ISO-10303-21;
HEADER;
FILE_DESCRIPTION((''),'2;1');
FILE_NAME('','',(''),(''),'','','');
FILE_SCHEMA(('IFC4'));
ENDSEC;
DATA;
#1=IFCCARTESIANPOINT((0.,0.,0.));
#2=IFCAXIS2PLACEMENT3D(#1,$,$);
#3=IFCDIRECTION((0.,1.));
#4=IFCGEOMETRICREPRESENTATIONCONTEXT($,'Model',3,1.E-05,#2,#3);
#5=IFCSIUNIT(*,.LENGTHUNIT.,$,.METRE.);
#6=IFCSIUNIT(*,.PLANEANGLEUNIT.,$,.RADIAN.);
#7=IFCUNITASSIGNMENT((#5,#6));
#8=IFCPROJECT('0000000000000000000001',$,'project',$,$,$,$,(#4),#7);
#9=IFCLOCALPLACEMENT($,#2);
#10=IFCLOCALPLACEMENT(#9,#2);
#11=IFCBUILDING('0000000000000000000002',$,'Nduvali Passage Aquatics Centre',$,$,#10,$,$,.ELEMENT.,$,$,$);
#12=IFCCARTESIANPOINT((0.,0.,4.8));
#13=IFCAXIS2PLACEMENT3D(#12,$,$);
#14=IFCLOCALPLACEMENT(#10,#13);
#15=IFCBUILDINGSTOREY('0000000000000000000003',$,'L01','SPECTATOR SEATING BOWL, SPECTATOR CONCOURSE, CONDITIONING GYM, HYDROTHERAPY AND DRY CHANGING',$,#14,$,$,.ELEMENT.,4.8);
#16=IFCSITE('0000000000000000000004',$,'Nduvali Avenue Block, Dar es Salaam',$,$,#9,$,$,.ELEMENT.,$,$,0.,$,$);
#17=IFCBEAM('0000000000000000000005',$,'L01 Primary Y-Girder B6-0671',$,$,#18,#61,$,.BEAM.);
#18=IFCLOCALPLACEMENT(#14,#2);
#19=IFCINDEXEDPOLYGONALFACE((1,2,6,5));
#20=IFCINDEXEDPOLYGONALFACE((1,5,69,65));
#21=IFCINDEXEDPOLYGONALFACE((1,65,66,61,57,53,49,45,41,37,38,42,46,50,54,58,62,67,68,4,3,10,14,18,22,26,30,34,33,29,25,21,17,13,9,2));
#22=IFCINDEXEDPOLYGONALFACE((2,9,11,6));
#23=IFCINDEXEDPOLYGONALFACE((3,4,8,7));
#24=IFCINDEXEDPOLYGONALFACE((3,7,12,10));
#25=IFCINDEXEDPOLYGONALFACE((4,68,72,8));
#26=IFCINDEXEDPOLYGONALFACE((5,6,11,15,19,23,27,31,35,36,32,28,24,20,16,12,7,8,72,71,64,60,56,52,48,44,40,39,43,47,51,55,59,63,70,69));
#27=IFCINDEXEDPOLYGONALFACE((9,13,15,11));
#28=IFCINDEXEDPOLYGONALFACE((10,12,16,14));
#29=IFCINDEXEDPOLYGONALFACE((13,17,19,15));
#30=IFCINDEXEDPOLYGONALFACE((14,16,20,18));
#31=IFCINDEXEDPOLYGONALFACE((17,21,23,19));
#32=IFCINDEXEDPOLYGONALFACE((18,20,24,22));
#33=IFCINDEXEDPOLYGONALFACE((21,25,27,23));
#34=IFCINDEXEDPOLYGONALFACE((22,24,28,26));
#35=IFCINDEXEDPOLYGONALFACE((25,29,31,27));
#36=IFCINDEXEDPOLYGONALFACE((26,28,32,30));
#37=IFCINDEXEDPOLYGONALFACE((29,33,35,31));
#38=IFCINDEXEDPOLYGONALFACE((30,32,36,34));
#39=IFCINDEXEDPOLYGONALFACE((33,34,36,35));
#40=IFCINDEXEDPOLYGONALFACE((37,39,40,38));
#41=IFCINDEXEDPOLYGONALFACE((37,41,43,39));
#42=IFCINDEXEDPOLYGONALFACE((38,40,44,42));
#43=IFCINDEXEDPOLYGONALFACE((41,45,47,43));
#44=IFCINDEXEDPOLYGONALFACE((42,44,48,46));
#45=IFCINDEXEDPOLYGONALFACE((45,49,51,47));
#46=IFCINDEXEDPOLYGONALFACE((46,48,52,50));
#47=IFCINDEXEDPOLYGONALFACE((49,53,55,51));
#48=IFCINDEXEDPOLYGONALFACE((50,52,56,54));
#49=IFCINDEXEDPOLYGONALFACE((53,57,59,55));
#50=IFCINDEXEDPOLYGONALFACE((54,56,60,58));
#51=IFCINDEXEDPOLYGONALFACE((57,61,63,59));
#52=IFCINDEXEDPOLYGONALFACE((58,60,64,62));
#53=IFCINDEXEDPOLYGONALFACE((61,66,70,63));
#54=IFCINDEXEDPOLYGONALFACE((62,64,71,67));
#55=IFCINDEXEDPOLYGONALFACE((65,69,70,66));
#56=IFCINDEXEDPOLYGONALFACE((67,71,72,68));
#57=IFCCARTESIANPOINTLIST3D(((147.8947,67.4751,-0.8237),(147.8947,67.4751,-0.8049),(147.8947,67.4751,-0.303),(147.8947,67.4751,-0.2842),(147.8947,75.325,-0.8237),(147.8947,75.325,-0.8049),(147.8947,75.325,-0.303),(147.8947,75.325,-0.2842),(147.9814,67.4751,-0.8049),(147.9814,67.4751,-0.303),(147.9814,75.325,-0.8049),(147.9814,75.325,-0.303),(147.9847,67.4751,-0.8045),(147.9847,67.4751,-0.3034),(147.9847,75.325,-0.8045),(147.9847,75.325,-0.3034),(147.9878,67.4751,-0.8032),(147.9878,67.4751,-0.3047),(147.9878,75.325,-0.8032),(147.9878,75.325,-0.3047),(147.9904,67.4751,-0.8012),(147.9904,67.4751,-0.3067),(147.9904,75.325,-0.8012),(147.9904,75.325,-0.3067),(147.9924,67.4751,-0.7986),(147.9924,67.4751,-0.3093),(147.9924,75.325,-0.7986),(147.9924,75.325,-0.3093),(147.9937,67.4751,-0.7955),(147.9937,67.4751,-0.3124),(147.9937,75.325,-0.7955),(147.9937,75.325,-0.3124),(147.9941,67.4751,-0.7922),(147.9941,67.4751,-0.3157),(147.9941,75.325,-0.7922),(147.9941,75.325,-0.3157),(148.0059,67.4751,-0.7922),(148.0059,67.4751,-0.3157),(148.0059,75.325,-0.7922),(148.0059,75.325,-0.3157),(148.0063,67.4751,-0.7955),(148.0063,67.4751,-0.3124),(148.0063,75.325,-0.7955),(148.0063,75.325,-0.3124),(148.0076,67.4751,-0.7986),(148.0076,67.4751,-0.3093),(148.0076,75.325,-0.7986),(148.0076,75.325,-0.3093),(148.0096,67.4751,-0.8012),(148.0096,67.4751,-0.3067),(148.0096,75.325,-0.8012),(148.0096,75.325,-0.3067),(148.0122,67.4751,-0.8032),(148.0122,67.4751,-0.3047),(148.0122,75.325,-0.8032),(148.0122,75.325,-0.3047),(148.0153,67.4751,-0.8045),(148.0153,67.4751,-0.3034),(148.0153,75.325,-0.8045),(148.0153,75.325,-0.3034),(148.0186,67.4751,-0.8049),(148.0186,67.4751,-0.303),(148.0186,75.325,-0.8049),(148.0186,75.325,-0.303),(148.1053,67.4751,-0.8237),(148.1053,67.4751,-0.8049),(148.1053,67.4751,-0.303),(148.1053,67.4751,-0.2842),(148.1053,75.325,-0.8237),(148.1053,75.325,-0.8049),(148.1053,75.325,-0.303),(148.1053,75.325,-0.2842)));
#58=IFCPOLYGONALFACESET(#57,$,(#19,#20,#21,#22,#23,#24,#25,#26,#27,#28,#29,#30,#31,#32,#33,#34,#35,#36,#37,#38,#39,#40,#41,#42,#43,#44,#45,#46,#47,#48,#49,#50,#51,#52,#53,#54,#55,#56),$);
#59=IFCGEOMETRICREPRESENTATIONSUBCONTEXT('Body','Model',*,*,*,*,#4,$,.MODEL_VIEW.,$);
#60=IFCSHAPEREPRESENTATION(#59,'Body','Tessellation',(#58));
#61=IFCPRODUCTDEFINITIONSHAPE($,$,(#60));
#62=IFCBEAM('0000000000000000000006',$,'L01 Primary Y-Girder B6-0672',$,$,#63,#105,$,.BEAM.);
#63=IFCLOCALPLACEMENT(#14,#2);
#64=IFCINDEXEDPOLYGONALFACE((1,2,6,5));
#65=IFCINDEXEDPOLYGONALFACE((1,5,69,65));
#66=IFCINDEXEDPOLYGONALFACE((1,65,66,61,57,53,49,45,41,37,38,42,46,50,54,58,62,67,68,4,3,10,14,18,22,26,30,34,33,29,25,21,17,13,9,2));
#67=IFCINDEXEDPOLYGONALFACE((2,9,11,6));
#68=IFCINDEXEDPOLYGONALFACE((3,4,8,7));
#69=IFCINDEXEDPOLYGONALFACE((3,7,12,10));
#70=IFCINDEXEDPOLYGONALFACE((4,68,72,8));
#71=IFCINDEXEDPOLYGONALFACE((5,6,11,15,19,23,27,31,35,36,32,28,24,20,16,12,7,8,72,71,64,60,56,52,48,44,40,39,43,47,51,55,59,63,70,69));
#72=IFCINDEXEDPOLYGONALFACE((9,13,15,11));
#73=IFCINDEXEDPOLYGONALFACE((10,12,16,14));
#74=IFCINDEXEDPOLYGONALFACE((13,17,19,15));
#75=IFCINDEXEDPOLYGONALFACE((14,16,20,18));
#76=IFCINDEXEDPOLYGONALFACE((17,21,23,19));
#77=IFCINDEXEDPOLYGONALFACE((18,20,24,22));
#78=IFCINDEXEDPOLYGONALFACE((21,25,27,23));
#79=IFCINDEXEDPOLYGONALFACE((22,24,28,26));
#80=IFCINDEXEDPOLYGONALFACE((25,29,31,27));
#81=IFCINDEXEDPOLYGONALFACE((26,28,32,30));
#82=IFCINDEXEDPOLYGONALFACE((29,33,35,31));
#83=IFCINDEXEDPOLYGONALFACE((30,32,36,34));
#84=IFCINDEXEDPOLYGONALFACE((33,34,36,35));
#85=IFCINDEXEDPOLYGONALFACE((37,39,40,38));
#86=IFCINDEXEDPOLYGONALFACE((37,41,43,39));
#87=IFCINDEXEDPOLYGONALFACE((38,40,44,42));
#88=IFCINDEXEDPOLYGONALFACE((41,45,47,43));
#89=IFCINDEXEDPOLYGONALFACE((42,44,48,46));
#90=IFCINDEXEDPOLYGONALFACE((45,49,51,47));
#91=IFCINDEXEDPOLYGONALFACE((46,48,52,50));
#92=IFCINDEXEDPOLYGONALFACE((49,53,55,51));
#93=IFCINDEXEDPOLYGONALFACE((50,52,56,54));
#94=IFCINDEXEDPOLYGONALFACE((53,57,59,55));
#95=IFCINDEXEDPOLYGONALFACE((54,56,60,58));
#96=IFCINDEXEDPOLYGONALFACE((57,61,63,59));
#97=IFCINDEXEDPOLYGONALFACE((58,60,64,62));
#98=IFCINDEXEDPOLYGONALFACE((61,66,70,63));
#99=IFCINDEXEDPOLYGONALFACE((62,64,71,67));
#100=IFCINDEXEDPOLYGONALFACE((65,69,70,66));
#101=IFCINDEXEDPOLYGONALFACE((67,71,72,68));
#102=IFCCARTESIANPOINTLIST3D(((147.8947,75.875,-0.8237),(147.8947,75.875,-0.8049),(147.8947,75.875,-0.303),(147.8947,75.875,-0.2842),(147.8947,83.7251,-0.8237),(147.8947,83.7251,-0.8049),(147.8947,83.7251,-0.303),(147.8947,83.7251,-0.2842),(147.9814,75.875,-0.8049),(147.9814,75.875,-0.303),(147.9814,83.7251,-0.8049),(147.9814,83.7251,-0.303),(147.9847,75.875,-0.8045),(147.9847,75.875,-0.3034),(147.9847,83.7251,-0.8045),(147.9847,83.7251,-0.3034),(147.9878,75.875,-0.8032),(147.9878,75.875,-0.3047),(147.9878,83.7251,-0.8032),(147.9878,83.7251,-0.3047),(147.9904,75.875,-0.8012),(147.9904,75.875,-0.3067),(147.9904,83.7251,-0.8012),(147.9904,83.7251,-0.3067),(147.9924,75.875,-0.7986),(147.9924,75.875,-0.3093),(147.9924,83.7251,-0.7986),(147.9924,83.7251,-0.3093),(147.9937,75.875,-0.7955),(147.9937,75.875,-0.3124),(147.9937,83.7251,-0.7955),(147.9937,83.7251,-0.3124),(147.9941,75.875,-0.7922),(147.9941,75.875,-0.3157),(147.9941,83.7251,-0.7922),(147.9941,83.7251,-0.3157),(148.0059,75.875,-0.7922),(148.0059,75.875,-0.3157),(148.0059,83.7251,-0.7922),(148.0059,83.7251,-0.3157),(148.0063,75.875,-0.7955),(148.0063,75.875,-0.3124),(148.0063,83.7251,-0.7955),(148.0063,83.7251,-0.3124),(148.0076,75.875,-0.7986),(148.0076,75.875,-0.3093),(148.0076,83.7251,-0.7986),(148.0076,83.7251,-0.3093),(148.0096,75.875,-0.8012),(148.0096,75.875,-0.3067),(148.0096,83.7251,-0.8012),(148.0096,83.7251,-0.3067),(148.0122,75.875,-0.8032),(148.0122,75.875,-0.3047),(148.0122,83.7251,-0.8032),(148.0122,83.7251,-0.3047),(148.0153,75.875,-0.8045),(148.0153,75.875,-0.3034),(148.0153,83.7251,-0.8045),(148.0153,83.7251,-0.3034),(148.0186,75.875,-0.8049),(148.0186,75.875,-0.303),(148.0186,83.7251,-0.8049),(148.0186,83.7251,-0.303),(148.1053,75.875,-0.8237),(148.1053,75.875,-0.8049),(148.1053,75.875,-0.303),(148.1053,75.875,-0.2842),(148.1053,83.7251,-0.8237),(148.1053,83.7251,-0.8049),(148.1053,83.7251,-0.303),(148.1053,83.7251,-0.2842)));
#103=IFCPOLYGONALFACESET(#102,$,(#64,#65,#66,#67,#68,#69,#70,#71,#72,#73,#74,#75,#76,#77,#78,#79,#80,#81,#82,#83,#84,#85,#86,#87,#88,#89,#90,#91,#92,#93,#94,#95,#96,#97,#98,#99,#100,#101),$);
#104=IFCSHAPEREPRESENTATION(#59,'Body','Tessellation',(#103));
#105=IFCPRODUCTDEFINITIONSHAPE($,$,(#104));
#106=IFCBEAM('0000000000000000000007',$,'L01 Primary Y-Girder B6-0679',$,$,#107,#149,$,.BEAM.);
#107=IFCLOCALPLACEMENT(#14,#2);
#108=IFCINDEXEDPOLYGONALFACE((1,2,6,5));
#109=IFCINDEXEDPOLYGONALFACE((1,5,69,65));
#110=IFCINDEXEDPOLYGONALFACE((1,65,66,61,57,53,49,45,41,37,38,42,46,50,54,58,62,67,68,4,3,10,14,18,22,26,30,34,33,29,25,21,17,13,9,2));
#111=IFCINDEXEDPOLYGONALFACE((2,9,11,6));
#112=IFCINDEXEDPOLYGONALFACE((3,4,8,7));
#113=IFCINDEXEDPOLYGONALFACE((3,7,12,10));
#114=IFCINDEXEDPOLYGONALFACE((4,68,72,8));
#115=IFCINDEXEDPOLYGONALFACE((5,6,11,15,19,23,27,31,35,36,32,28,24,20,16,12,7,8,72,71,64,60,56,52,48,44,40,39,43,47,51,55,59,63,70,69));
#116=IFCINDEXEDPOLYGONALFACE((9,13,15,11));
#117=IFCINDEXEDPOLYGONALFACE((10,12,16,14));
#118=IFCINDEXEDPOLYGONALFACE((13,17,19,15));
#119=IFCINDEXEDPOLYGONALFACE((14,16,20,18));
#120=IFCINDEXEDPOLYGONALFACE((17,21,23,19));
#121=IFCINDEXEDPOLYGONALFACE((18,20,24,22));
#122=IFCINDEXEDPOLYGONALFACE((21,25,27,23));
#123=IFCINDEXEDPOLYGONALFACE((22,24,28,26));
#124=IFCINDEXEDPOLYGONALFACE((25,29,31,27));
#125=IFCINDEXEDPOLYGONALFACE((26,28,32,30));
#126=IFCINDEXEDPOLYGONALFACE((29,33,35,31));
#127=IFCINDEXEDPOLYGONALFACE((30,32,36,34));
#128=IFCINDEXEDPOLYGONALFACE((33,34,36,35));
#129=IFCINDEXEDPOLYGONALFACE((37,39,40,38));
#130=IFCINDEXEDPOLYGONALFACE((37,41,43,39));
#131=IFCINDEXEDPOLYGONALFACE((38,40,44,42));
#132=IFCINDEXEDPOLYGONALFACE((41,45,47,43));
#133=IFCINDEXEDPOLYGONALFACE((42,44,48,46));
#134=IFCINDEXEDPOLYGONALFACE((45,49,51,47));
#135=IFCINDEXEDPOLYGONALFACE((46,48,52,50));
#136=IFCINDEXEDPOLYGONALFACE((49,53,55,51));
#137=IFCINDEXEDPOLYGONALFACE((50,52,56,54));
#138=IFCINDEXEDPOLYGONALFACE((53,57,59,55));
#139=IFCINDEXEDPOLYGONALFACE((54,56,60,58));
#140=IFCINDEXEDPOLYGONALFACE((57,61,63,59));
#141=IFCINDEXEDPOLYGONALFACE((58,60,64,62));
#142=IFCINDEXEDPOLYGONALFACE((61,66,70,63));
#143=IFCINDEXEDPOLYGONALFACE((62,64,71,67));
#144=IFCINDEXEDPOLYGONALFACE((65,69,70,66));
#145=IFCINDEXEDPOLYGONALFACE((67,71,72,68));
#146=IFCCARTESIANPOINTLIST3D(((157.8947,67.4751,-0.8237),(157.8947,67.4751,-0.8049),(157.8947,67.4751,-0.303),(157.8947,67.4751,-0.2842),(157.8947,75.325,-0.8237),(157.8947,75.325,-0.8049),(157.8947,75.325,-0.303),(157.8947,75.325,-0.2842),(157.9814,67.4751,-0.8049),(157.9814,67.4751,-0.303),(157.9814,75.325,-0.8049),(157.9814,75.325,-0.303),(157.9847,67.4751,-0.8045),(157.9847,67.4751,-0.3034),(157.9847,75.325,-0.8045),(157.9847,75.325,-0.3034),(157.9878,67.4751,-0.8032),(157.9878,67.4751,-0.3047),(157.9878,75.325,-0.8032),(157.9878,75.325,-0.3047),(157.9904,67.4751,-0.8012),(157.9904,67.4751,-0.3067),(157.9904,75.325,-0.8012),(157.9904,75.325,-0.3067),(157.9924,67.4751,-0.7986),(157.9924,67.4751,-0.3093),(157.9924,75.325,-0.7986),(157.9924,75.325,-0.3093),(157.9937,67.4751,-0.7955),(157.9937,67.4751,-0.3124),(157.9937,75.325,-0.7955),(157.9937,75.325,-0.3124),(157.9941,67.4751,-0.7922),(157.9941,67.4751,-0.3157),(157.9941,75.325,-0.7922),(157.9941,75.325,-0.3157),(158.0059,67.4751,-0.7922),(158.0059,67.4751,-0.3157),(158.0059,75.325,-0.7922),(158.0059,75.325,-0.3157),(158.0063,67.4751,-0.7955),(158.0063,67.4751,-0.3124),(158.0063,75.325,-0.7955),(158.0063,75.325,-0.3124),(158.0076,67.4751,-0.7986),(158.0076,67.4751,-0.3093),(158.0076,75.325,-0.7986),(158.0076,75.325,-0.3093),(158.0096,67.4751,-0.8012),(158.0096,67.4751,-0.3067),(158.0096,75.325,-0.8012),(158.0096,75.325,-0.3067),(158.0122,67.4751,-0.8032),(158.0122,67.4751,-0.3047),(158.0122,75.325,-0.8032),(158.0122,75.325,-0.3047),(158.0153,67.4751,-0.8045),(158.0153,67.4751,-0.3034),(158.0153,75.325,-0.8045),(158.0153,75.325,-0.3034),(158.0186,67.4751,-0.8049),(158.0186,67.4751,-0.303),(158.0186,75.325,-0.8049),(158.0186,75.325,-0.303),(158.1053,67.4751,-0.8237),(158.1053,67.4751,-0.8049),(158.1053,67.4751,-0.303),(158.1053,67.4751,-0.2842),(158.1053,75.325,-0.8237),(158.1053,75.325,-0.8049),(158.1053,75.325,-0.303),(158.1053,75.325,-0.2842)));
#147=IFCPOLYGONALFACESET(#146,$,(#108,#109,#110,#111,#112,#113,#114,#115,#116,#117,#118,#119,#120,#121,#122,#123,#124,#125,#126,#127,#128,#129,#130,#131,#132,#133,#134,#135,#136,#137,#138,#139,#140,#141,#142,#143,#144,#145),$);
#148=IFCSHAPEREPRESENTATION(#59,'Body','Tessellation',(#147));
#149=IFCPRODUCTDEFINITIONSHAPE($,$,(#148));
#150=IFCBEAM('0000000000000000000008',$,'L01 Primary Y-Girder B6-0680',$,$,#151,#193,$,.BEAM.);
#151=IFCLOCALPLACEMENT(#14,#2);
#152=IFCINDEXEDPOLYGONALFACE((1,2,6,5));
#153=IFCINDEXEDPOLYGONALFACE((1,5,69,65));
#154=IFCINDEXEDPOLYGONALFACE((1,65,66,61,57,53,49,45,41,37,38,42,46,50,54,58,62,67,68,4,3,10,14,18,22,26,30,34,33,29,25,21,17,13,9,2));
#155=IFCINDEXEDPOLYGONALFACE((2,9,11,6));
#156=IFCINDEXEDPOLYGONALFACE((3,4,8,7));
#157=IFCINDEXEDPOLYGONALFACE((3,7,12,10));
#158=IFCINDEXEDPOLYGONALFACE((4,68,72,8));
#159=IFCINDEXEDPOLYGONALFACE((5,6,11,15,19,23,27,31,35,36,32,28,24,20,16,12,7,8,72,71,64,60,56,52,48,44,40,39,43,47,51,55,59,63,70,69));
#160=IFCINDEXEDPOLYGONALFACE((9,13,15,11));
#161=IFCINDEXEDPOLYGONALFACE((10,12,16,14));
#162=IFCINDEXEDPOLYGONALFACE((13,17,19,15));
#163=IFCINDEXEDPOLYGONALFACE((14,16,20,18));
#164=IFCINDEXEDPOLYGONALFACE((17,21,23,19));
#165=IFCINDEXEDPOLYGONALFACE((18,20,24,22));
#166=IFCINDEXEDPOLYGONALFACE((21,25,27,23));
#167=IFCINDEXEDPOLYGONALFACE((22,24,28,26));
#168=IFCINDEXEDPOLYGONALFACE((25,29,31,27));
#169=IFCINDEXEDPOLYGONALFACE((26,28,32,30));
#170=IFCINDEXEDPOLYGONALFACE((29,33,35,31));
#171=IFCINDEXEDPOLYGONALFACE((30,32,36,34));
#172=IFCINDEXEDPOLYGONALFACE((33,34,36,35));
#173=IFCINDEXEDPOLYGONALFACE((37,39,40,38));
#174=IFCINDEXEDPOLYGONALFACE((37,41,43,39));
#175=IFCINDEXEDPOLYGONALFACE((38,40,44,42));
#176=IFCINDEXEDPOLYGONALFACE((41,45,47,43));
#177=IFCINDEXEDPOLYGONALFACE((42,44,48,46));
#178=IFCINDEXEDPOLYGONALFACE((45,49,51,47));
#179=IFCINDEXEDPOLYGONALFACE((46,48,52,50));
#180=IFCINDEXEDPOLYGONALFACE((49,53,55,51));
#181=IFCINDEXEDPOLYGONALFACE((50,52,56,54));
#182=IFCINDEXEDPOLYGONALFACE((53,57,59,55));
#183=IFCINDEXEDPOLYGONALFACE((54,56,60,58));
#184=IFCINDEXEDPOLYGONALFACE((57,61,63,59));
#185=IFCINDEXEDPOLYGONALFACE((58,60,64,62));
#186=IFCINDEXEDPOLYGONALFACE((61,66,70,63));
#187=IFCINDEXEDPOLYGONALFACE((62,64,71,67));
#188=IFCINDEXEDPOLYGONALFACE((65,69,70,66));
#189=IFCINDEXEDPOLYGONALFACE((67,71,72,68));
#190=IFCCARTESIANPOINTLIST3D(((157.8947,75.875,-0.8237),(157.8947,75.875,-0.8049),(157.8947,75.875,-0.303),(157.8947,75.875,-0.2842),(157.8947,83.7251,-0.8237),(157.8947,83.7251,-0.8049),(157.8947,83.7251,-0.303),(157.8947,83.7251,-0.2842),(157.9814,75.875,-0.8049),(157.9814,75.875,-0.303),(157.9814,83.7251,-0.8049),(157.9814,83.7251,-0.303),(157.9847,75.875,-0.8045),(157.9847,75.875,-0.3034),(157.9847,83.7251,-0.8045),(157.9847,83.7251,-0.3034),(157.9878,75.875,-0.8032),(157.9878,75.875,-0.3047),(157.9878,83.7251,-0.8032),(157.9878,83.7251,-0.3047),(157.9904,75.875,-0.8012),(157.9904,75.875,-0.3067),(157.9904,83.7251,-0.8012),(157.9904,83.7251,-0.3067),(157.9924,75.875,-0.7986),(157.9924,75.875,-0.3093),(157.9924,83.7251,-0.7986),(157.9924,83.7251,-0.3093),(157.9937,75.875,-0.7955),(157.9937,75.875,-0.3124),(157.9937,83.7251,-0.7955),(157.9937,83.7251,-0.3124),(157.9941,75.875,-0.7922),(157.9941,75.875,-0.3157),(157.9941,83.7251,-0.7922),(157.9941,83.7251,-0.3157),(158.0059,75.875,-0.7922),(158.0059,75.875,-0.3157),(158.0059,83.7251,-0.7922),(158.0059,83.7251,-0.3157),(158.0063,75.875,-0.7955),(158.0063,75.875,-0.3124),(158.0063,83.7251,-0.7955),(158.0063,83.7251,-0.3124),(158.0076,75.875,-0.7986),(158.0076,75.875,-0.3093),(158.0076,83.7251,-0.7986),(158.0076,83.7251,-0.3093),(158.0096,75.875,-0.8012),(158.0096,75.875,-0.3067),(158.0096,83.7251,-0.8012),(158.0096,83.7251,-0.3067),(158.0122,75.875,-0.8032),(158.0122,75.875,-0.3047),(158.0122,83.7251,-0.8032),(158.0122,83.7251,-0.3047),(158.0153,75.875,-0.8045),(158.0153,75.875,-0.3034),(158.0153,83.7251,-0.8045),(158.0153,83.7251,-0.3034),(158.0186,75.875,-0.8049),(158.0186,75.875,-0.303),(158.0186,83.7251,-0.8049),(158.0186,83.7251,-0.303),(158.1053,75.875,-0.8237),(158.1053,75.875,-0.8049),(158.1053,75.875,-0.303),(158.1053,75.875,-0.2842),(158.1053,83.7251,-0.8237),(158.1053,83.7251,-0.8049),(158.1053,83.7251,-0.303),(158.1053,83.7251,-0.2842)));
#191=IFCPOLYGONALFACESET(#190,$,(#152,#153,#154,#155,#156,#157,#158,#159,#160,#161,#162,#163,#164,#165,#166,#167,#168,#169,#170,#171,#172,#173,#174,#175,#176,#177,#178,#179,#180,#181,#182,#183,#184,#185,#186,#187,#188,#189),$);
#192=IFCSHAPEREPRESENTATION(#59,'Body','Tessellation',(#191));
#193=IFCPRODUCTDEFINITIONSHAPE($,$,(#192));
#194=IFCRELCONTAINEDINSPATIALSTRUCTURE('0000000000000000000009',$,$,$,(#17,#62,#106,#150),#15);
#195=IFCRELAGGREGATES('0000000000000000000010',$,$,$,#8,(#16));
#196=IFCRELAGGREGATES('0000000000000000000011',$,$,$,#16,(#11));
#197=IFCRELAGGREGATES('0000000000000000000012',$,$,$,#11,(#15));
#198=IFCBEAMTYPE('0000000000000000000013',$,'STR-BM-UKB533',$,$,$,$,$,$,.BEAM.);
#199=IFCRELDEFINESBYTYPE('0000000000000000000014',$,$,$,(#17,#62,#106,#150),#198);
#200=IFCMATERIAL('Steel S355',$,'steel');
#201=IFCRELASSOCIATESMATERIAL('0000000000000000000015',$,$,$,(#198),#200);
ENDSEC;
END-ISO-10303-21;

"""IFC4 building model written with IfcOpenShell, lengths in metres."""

from ifc_helpers import new_model, si_unit, direction, frame, origin, origin_2d, place, context, subcontext, project, spatial, i_section, extrude, material, material_profile, profile_set, type_object, element, save


model = new_model("IFC4")

# Units and contexts
model_context = context("Model", 3, precision=1e-05, world=origin(), true_north=direction((0.0, 1.0)))
body_context = subcontext(model_context, "Body", "Model", "MODEL_VIEW")
ifc_project = project(units=[si_unit("LENGTHUNIT", "METRE"), si_unit("PLANEANGLEUNIT", "RADIAN")], contexts=[model_context])

# Site, building, storey
site_placement = place(None, origin())
site = spatial("IfcSite", under=ifc_project, at=site_placement, Name="Nduvali Avenue Block, Dar es Salaam", CompositionType="ELEMENT", RefElevation=0.0)
building_placement = place(site_placement, origin())
building = spatial("IfcBuilding", under=site, at=building_placement, Name="Nduvali Passage Aquatics Centre", CompositionType="ELEMENT")
storey_placement = place(building_placement, frame((0.0, 0.0, 4.8)))
storey = spatial("IfcBuildingStorey", under=building, at=storey_placement, Name="L01", Description="SPECTATOR SEATING BOWL, SPECTATOR CONCOURSE, CONDITIONING GYM, HYDROTHERAPY AND DRY CHANGING", CompositionType="ELEMENT", Elevation=4.8)

# Shared definitions
ifc_material_1 = material(Name="Steel S355", Category="steel")

# Beams
ifc_material_profile_1 = material_profile(ifc_material_1, i_section(OverallWidth=0.2107, OverallDepth=0.5396, WebThickness=0.0117, FlangeThickness=0.0188, FilletRadius=0.0127, at=origin_2d()), Name="UKB 533x210x109")
ifc_profile_set_1 = profile_set([ifc_material_profile_1], Name="Steel S355")
beam_type_1 = type_object("IfcBeamType", Name="STR-BM-UKB533", PredefinedType="BEAM", material=ifc_profile_set_1)
beam_1_placement = place(storey_placement, frame((148.0, 67.4751, -0.554), z_axis=(0.0, 1.0, 0.0), x_axis=(-1.0, 0.0, 0.0)))
element("IfcBeam", 1, at=beam_1_placement, inside=storey, type_object=beam_type_1, Name="L01 Primary Y-Girder B6-0671", PredefinedType="BEAM", context=body_context, shape_type="SweptSolid", body=[
    extrude(i_section(OverallWidth=0.2107, OverallDepth=0.5396, WebThickness=0.0117, FlangeThickness=0.0188, FilletRadius=0.0127, at=origin_2d()), origin(), (0.0, 0.0, 1.0), 7.8499),
])
beam_2_placement = place(storey_placement, frame((148.0, 75.875, -0.554), z_axis=(0.0, 1.0, 0.0), x_axis=(-1.0, 0.0, 0.0)))
element("IfcBeam", 2, at=beam_2_placement, inside=storey, type_object=beam_type_1, Name="L01 Primary Y-Girder B6-0672", PredefinedType="BEAM", context=body_context, shape_type="SweptSolid", body=[
    extrude(i_section(OverallWidth=0.2107, OverallDepth=0.5396, WebThickness=0.0117, FlangeThickness=0.0188, FilletRadius=0.0127, at=origin_2d()), origin(), (0.0, 0.0, 1.0), 7.8501),
])
beam_3_placement = place(storey_placement, frame((158.0, 67.4751, -0.554), z_axis=(0.0, 1.0, 0.0), x_axis=(-1.0, 0.0, 0.0)))
element("IfcBeam", 3, at=beam_3_placement, inside=storey, type_object=beam_type_1, Name="L01 Primary Y-Girder B6-0679", PredefinedType="BEAM", context=body_context, shape_type="SweptSolid", body=[
    extrude(i_section(OverallWidth=0.2107, OverallDepth=0.5396, WebThickness=0.0117, FlangeThickness=0.0188, FilletRadius=0.0127, at=origin_2d()), origin(), (0.0, 0.0, 1.0), 7.8499),
])
beam_4_placement = place(storey_placement, frame((158.0, 75.875, -0.554), z_axis=(0.0, 1.0, 0.0), x_axis=(-1.0, 0.0, 0.0)))
element("IfcBeam", 4, at=beam_4_placement, inside=storey, type_object=beam_type_1, Name="L01 Primary Y-Girder B6-0680", PredefinedType="BEAM", context=body_context, shape_type="SweptSolid", body=[
    extrude(i_section(OverallWidth=0.2107, OverallDepth=0.5396, WebThickness=0.0117, FlangeThickness=0.0188, FilletRadius=0.0127, at=origin_2d()), origin(), (0.0, 0.0, 1.0), 7.8501),
])

save(model, "model.ifc")
